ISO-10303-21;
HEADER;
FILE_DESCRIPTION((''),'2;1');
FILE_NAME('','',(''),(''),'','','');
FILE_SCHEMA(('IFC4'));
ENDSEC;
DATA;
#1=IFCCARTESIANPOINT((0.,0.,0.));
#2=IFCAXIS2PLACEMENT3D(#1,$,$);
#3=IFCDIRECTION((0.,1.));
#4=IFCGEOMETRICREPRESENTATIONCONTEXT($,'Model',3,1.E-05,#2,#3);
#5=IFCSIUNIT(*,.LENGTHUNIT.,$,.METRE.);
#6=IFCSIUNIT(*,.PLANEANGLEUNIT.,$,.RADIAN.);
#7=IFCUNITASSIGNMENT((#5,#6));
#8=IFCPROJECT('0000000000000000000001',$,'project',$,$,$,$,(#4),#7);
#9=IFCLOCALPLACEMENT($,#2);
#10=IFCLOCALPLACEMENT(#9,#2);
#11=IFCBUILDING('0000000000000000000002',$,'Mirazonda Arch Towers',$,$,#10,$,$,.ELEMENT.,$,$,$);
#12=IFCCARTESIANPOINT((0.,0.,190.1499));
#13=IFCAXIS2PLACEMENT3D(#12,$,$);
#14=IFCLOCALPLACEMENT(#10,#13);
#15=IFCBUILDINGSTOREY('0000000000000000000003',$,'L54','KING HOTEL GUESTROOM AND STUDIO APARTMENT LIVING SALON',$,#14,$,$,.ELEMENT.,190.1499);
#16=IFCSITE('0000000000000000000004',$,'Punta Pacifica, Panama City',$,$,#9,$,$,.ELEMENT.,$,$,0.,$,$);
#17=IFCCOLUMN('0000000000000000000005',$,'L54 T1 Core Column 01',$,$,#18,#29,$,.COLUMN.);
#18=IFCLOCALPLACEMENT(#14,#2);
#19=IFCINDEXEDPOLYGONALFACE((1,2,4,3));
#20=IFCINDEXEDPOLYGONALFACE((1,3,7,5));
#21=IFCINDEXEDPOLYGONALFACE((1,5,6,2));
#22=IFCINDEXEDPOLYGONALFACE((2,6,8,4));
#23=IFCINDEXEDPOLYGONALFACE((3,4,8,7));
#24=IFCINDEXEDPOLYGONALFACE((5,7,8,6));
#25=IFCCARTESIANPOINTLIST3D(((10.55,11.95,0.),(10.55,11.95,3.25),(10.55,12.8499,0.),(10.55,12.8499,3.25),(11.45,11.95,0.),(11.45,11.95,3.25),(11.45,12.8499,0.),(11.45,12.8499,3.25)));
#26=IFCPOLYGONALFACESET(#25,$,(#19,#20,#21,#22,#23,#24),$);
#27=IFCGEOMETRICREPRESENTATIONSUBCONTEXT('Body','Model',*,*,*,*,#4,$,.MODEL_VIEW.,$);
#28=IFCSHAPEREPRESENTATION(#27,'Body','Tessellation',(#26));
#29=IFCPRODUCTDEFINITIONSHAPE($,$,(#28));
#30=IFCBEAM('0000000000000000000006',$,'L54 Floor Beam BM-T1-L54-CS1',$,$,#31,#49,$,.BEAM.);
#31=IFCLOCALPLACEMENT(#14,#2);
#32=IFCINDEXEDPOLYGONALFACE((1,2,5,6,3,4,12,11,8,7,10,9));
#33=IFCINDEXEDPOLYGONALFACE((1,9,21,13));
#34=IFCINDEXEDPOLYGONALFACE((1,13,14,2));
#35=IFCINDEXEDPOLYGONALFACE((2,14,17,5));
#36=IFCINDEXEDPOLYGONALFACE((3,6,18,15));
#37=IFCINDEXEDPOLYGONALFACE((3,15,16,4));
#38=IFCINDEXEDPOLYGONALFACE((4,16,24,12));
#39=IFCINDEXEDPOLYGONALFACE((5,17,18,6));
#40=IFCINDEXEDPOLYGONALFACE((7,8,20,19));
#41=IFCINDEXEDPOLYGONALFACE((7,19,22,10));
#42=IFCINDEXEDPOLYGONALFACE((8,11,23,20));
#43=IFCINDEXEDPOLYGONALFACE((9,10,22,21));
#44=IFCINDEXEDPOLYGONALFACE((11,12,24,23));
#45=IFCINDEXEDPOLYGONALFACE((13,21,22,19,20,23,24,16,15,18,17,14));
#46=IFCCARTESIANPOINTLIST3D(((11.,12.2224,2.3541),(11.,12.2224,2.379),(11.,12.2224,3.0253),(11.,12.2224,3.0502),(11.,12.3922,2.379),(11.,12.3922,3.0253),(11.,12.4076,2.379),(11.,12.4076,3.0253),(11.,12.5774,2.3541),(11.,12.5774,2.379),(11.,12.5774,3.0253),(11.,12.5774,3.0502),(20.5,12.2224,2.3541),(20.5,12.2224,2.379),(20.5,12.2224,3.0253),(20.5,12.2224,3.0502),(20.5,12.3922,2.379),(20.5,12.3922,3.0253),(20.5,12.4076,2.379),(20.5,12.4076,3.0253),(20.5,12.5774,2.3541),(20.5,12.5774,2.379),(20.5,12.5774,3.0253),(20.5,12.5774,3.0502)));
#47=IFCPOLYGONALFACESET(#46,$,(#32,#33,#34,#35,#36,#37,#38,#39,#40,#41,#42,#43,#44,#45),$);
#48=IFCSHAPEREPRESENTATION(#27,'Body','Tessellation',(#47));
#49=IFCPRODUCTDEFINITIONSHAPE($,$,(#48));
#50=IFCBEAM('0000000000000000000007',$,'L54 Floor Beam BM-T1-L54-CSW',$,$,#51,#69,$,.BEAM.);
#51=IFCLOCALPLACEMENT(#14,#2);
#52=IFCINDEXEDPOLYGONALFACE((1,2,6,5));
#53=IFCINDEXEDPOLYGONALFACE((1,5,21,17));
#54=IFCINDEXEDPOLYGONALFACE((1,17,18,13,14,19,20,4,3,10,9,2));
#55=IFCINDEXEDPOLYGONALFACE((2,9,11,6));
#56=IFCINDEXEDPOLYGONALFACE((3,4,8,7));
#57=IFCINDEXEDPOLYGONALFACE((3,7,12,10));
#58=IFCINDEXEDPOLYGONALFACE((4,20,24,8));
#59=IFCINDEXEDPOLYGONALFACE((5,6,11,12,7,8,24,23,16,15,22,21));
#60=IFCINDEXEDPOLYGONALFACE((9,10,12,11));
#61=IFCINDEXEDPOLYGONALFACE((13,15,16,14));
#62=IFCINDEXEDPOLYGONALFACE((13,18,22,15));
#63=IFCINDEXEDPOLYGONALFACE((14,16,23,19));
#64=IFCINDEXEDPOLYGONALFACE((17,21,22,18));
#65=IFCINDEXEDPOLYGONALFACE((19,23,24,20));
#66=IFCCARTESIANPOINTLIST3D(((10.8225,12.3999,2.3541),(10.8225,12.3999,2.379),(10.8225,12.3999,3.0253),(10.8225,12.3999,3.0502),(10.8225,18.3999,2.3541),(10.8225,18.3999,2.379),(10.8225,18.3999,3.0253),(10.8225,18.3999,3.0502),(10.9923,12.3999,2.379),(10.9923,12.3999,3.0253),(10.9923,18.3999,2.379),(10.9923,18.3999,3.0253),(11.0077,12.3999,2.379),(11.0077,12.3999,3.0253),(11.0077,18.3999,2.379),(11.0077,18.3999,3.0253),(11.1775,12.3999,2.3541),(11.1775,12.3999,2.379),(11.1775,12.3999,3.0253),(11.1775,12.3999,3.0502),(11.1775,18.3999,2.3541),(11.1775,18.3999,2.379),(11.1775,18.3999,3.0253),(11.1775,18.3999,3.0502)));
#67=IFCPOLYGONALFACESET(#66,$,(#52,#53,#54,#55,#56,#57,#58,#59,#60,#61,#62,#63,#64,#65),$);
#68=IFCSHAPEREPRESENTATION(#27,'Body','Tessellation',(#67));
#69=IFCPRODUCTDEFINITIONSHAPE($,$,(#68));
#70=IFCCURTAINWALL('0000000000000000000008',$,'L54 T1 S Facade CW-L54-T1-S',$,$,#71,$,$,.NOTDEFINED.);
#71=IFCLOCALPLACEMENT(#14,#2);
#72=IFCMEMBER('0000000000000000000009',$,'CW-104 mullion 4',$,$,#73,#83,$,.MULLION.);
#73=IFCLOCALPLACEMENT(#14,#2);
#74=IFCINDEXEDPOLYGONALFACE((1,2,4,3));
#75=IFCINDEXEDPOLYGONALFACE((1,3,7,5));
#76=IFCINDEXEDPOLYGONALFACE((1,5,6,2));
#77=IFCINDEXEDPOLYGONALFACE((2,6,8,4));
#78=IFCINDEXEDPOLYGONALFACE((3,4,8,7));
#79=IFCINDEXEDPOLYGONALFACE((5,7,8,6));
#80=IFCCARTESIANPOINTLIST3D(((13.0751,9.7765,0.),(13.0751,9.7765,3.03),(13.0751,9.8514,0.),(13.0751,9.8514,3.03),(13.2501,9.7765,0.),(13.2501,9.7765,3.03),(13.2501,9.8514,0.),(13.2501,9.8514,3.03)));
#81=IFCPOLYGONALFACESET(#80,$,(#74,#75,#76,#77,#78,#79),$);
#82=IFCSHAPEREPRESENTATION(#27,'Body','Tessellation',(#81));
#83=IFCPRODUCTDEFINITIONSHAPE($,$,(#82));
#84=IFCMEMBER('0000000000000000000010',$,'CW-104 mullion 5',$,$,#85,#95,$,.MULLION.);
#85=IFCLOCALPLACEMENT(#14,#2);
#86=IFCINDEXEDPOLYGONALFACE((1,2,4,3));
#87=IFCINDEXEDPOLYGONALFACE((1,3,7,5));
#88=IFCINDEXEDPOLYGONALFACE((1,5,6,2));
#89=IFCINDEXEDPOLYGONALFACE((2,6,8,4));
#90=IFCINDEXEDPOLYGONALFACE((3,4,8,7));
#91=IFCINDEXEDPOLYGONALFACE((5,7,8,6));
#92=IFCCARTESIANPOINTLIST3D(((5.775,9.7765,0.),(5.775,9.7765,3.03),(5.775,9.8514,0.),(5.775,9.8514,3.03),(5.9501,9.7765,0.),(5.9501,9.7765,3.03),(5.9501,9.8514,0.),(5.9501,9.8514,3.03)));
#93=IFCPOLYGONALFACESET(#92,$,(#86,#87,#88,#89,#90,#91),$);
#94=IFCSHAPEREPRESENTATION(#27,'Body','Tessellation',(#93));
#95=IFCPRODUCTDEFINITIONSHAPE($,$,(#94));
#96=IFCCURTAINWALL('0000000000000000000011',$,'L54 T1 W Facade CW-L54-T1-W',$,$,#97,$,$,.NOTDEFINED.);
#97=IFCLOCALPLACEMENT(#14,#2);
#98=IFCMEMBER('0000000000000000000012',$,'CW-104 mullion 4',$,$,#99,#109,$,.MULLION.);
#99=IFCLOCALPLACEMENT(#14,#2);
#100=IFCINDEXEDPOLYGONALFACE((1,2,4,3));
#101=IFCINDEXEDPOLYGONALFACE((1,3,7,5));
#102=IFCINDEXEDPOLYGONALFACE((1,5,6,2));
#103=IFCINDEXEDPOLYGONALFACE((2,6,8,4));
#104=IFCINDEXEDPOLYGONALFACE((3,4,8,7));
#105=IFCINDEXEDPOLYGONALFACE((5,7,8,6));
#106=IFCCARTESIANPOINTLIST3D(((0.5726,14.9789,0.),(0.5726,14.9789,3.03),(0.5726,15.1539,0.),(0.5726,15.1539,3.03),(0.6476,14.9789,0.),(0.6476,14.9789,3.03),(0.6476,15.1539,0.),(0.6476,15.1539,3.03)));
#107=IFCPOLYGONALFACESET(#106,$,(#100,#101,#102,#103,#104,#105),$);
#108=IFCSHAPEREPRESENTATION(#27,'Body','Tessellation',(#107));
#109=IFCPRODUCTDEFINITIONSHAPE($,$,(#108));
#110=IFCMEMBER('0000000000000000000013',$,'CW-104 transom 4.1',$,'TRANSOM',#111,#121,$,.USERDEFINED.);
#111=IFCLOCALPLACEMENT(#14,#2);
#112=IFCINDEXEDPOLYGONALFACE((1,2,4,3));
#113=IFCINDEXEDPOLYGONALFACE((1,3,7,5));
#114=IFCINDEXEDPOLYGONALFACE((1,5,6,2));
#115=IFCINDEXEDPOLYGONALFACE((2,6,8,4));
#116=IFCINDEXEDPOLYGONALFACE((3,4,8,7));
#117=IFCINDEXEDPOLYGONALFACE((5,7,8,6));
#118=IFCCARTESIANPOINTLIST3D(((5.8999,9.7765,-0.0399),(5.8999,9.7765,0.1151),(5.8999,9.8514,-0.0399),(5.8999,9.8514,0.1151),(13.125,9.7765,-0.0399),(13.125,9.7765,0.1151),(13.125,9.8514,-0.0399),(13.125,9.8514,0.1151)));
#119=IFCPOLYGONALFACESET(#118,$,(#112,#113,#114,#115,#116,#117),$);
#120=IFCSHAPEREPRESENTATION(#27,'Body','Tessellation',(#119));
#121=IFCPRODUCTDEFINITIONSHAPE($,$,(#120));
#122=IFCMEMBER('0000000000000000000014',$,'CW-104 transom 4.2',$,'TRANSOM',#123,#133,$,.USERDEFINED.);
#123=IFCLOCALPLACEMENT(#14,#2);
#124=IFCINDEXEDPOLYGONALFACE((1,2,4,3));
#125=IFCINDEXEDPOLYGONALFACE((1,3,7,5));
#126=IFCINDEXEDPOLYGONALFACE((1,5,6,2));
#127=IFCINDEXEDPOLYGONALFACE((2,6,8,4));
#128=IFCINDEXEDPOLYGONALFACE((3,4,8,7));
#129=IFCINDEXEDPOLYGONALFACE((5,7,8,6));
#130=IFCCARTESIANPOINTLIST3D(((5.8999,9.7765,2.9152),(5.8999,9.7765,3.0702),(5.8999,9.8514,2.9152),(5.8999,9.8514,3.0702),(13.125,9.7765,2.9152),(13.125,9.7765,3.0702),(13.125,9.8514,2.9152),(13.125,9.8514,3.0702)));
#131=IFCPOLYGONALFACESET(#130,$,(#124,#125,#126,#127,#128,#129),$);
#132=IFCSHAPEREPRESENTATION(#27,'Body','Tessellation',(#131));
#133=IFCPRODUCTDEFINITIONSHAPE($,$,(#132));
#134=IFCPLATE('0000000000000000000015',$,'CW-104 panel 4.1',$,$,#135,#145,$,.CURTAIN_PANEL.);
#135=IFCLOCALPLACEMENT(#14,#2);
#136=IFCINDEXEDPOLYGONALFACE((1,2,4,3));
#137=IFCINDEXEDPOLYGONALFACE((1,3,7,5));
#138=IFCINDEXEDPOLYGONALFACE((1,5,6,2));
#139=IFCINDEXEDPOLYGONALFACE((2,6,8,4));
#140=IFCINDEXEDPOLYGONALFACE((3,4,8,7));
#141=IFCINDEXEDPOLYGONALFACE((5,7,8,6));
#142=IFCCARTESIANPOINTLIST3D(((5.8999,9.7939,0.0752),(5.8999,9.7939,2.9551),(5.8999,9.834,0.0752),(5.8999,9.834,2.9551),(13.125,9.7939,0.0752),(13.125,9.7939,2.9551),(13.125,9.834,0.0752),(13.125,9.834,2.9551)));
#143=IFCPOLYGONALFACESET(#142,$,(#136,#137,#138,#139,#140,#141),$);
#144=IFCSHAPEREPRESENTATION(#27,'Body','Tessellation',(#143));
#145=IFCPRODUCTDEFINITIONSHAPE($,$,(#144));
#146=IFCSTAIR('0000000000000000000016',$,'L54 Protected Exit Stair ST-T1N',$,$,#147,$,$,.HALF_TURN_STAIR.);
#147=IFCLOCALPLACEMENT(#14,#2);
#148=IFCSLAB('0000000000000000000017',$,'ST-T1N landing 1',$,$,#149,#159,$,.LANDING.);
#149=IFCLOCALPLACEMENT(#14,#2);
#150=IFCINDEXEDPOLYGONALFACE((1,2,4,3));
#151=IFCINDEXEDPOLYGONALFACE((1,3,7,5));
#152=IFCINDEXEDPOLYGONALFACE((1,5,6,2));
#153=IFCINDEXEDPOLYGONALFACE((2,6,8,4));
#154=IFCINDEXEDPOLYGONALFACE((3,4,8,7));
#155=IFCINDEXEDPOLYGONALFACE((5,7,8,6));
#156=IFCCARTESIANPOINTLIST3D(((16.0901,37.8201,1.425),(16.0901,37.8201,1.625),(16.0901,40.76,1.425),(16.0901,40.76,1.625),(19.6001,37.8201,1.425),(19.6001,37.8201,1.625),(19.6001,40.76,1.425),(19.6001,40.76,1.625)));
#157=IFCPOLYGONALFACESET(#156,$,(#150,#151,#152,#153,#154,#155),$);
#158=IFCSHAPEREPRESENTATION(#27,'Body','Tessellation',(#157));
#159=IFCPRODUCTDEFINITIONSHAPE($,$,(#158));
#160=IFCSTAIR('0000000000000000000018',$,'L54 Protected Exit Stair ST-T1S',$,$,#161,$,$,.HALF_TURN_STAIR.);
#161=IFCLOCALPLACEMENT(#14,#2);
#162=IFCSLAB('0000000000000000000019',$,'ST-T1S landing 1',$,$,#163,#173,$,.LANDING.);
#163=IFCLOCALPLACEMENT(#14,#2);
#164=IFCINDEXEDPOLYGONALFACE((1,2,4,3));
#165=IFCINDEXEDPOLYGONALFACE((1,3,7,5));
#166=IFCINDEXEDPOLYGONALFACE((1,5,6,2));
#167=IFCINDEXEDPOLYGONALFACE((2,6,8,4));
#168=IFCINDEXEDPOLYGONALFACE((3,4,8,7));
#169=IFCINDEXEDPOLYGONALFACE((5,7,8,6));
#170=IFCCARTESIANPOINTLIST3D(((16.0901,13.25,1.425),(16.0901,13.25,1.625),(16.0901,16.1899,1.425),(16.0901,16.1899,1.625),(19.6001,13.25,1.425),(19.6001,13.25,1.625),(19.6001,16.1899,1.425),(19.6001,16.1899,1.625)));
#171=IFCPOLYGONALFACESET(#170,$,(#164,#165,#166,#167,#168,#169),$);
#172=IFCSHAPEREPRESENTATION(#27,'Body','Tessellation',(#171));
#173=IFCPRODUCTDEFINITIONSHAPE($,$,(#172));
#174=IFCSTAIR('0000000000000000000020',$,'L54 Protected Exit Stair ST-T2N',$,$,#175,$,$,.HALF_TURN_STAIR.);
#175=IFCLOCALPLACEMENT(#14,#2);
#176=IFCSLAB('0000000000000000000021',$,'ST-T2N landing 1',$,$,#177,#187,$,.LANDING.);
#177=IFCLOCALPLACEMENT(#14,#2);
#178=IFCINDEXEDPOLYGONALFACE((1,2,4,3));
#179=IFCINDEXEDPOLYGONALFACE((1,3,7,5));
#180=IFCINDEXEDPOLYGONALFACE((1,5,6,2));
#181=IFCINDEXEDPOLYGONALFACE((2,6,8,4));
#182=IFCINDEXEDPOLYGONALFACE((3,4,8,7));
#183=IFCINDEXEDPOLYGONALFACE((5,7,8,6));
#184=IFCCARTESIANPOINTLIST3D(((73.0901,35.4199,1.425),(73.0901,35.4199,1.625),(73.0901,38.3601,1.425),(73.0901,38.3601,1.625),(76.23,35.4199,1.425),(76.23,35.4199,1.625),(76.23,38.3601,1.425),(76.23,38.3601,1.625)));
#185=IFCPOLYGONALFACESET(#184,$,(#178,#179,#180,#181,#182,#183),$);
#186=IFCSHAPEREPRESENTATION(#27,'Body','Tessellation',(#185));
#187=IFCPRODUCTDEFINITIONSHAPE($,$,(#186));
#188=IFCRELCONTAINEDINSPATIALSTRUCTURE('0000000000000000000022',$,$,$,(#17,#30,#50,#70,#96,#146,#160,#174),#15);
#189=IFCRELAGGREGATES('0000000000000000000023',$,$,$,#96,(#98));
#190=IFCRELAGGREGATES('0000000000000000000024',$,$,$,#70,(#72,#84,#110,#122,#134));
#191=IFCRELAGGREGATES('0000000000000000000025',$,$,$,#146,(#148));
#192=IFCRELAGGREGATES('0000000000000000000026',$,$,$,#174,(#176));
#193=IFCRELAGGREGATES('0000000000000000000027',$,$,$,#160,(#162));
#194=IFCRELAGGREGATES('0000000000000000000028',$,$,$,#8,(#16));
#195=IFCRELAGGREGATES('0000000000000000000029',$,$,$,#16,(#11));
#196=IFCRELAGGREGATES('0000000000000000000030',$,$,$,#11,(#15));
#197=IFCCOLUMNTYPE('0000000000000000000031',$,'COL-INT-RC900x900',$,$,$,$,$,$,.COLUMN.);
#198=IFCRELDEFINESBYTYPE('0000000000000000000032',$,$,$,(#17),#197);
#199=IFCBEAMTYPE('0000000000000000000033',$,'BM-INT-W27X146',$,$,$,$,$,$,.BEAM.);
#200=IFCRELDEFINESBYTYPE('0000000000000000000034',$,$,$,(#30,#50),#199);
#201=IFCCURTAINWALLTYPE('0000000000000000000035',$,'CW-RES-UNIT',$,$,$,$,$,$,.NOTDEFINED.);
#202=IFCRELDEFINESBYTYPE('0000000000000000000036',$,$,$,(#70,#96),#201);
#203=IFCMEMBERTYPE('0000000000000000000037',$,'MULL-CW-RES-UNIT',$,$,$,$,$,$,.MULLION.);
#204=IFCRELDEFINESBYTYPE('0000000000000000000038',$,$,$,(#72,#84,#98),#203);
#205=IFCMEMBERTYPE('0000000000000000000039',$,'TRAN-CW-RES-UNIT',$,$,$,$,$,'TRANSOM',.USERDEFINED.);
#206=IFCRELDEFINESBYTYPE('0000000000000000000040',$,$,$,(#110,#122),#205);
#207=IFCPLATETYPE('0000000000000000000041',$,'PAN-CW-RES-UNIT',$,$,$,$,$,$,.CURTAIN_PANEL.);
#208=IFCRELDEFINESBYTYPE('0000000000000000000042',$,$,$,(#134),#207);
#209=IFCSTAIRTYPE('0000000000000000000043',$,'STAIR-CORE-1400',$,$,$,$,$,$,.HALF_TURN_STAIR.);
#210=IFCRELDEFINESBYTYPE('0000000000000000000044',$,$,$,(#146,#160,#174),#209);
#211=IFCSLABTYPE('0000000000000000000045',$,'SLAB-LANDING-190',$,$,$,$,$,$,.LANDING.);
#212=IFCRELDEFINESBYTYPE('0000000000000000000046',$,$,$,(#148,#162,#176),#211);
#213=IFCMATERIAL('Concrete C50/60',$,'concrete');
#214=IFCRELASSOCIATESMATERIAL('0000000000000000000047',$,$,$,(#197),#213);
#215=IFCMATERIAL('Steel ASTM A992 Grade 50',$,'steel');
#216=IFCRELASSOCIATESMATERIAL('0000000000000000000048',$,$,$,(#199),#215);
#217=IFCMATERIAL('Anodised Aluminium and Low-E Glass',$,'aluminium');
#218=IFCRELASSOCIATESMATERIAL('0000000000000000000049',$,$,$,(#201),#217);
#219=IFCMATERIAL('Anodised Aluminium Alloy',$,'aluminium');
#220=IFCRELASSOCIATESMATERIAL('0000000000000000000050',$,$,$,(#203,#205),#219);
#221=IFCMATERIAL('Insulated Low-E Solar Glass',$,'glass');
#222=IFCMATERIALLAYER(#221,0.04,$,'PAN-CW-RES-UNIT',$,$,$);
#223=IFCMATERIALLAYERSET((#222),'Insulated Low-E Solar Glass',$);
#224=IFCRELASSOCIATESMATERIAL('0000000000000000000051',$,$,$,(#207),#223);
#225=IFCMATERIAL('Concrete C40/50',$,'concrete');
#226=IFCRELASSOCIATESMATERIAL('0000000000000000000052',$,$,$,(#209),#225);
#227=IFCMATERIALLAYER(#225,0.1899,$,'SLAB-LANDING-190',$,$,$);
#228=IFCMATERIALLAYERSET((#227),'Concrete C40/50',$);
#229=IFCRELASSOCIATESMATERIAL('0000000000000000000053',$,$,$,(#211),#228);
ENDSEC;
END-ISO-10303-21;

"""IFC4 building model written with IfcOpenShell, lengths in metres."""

from ifc_helpers import new_model, si_unit, direction, frame, origin, origin_2d, place, context, subcontext, project, spatial, polyline, rectangle, i_section, outline, extrude, material, layer, layer_set, material_profile, profile_set, type_object, element, aggregate, save


model = new_model("IFC4")

# Units and contexts
model_context = context("Model", 3, precision=1e-05, world=origin(), true_north=direction((0.0, 1.0)))
body_context = subcontext(model_context, "Body", "Model", "MODEL_VIEW")
ifc_project = project(units=[si_unit("LENGTHUNIT", "METRE"), si_unit("PLANEANGLEUNIT", "RADIAN")], contexts=[model_context])

# Site, building, storey
site_placement = place(None, origin())
site = spatial("IfcSite", under=ifc_project, at=site_placement, Name="Punta Pacifica, Panama City", CompositionType="ELEMENT", RefElevation=0.0)
building_placement = place(site_placement, origin())
building = spatial("IfcBuilding", under=site, at=building_placement, Name="Mirazonda Arch Towers", CompositionType="ELEMENT")
storey_placement = place(building_placement, frame((0.0, 0.0, 190.1499)))
storey = spatial("IfcBuildingStorey", under=building, at=storey_placement, Name="L54", Description="KING HOTEL GUESTROOM AND STUDIO APARTMENT LIVING SALON", CompositionType="ELEMENT", Elevation=190.1499)

# Column
ifc_material_1 = material(Name="Concrete C50/60", Category="concrete")
ifc_material_profile_1 = material_profile(ifc_material_1, rectangle(XDim=0.8999, YDim=0.8999, at=origin_2d()), Name="RC900x900")
ifc_profile_set_1 = profile_set([ifc_material_profile_1], Name="Concrete C50/60")
column_type = type_object("IfcColumnType", Name="COL-INT-RC900x900", PredefinedType="COLUMN", material=ifc_profile_set_1)
column_placement = place(storey_placement, frame((11.0, 12.3999, 0.0), z_axis=(0.0, 0.0, 1.0), x_axis=(1.0, 0.0, 0.0)))
element("IfcColumn", 1, at=column_placement, inside=storey, type_object=column_type, Name="L54 T1 Core Column 01", PredefinedType="COLUMN", context=body_context, shape_type="SweptSolid", body=[
    extrude(rectangle(XDim=0.8999, YDim=0.8999, at=origin_2d()), origin(), (0.0, 0.0, 1.0), 3.25),
])

# Beams
ifc_material_2 = material(Name="Steel ASTM A992 Grade 50", Category="steel")
ifc_material_profile_2 = material_profile(ifc_material_2, i_section(OverallWidth=0.355, OverallDepth=0.696, WebThickness=0.0154, FlangeThickness=0.0249, at=origin_2d()), Name="W27X146")
ifc_profile_set_2 = profile_set([ifc_material_profile_2], Name="Steel ASTM A992 Grade 50")
beam_type = type_object("IfcBeamType", Name="BM-INT-W27X146", PredefinedType="BEAM", material=ifc_profile_set_2)
beam_1_placement = place(storey_placement, frame((11.0, 12.3999, 2.7021), z_axis=(1.0, 0.0, 0.0), x_axis=(0.0, 1.0, 0.0)))
element("IfcBeam", 2, at=beam_1_placement, inside=storey, type_object=beam_type, Name="L54 Floor Beam BM-T1-L54-CS1", PredefinedType="BEAM", context=body_context, shape_type="SweptSolid", body=[
    extrude(i_section(OverallWidth=0.355, OverallDepth=0.696, WebThickness=0.0154, FlangeThickness=0.0249, at=origin_2d()), origin(), (0.0, 0.0, 1.0), 9.5),
])
beam_2_placement = place(storey_placement, frame((11.0, 12.3999, 2.7021), z_axis=(0.0, 1.0, 0.0), x_axis=(-1.0, 0.0, 0.0)))
element("IfcBeam", 3, at=beam_2_placement, inside=storey, type_object=beam_type, Name="L54 Floor Beam BM-T1-L54-CSW", PredefinedType="BEAM", context=body_context, shape_type="SweptSolid", body=[
    extrude(i_section(OverallWidth=0.355, OverallDepth=0.696, WebThickness=0.0154, FlangeThickness=0.0249, at=origin_2d()), origin(), (0.0, 0.0, 1.0), 6.0),
])

# Curtain wall, members
ifc_material_3 = material(Name="Anodised Aluminium and Low-E Glass", Category="aluminium")
curtain_wall_type = type_object("IfcCurtainWallType", Name="CW-RES-UNIT", PredefinedType="NOTDEFINED", material=ifc_material_3)
curtain_wall_1_placement = place(storey_placement, origin())
curtain_wall_1 = element("IfcCurtainWall", 4, at=curtain_wall_1_placement, inside=storey, type_object=curtain_wall_type, Name="L54 T1 S Facade CW-L54-T1-S", PredefinedType="NOTDEFINED")
ifc_material_4 = material(Name="Anodised Aluminium Alloy", Category="aluminium")
ifc_material_profile_3 = material_profile(ifc_material_4, rectangle(XDim=0.075, YDim=0.175, at=origin_2d()), Name="ALU-MULL-75x175")
ifc_profile_set_3 = profile_set([ifc_material_profile_3], Name="Anodised Aluminium Alloy")
member_type_1 = type_object("IfcMemberType", Name="MULL-CW-RES-UNIT", PredefinedType="MULLION", material=ifc_profile_set_3)
member_1_placement = place(storey_placement, frame((13.1626, 9.814, 0.0), z_axis=(0.0, 0.0, 1.0), x_axis=(0.0, -1.0, 0.0)))
member_1 = element("IfcMember", 5, at=member_1_placement, type_object=member_type_1, Name="CW-104 mullion 4", PredefinedType="MULLION", context=body_context, shape_type="SweptSolid", body=[
    extrude(rectangle(XDim=0.075, YDim=0.175, at=origin_2d()), origin(), (0.0, 0.0, 1.0), 3.03),
])
member_2_placement = place(storey_placement, frame((5.8625, 9.814, 0.0), z_axis=(0.0, 0.0, 1.0), x_axis=(0.0, -1.0, 0.0)))
member_2 = element("IfcMember", 6, at=member_2_placement, type_object=member_type_1, Name="CW-104 mullion 5", PredefinedType="MULLION", context=body_context, shape_type="SweptSolid", body=[
    extrude(rectangle(XDim=0.075, YDim=0.175, at=origin_2d()), origin(), (0.0, 0.0, 1.0), 3.03),
])

# Curtain wall, member
curtain_wall_2_placement = place(storey_placement, origin())
curtain_wall_2 = element("IfcCurtainWall", 7, at=curtain_wall_2_placement, inside=storey, type_object=curtain_wall_type, Name="L54 T1 W Facade CW-L54-T1-W", PredefinedType="NOTDEFINED")
member_3_placement = place(storey_placement, frame((0.6101, 15.0664, 0.0), z_axis=(0.0, 0.0, 1.0), x_axis=(1.0, 0.0, 0.0)))
member_3 = element("IfcMember", 8, at=member_3_placement, type_object=member_type_1, Name="CW-104 mullion 4", PredefinedType="MULLION", context=body_context, shape_type="SweptSolid", body=[
    extrude(rectangle(XDim=0.075, YDim=0.175, at=origin_2d()), origin(), (0.0, 0.0, 1.0), 3.03),
])
aggregate(curtain_wall_2, [member_3])

# Members
ifc_material_profile_4 = material_profile(ifc_material_4, rectangle(XDim=0.075, YDim=0.155, at=origin_2d()), Name="ALU-TRAN-75x155")
ifc_profile_set_4 = profile_set([ifc_material_profile_4], Name="Anodised Aluminium Alloy")
member_type_2 = type_object("IfcMemberType", Name="TRAN-CW-RES-UNIT", ElementType="TRANSOM", PredefinedType="USERDEFINED", material=ifc_profile_set_4)
member_4_placement = place(storey_placement, frame((13.125, 9.814, 0.0376), z_axis=(-1.0, 0.0, 0.0), x_axis=(0.0, -1.0, 0.0)))
member_4 = element("IfcMember", 9, at=member_4_placement, type_object=member_type_2, Name="CW-104 transom 4.1", ObjectType="TRANSOM", PredefinedType="USERDEFINED", context=body_context, shape_type="SweptSolid", body=[
    extrude(rectangle(XDim=0.075, YDim=0.155, at=origin_2d()), origin(), (0.0, 0.0, 1.0), 7.2251),
])
member_5_placement = place(storey_placement, frame((13.125, 9.814, 2.9927), z_axis=(-1.0, 0.0, 0.0), x_axis=(0.0, -1.0, 0.0)))
member_5 = element("IfcMember", 10, at=member_5_placement, type_object=member_type_2, Name="CW-104 transom 4.2", ObjectType="TRANSOM", PredefinedType="USERDEFINED", context=body_context, shape_type="SweptSolid", body=[
    extrude(rectangle(XDim=0.075, YDim=0.155, at=origin_2d()), origin(), (0.0, 0.0, 1.0), 7.2251),
])

# Plate
ifc_material_5 = material(Name="Insulated Low-E Solar Glass", Category="glass")
ifc_layer_1 = layer(ifc_material_5, 0.04, Name="PAN-CW-RES-UNIT")
ifc_layer_set_1 = layer_set([ifc_layer_1], Name="Insulated Low-E Solar Glass")
plate_type = type_object("IfcPlateType", Name="PAN-CW-RES-UNIT", PredefinedType="CURTAIN_PANEL", material=ifc_layer_set_1)
plate_placement = place(storey_placement, frame((9.5125, 9.814, 0.0752), z_axis=(0.0, 0.0, 1.0), x_axis=(-1.0, 0.0, 0.0)))
plate = element("IfcPlate", 11, at=plate_placement, type_object=plate_type, Name="CW-104 panel 4.1", PredefinedType="CURTAIN_PANEL", context=body_context, shape_type="SweptSolid", body=[
    extrude(rectangle(XDim=7.2251, YDim=0.04, at=origin_2d()), origin(), (0.0, 0.0, 1.0), 2.8799),
])
aggregate(curtain_wall_1, [member_1, member_2, member_4, member_5, plate])

# Stairs, slabs
ifc_material_6 = material(Name="Concrete C40/50", Category="concrete")
stair_type = type_object("IfcStairType", Name="STAIR-CORE-1400", PredefinedType="HALF_TURN_STAIR", material=ifc_material_6)
stair_1_placement = place(storey_placement, origin())
stair_1 = element("IfcStair", 12, at=stair_1_placement, inside=storey, type_object=stair_type, Name="L54 Protected Exit Stair ST-T1N", PredefinedType="HALF_TURN_STAIR")
ifc_layer_2 = layer(ifc_material_6, 0.1899, Name="SLAB-LANDING-190")
ifc_layer_set_2 = layer_set([ifc_layer_2], Name="Concrete C40/50")
slab_type_1 = type_object("IfcSlabType", Name="SLAB-LANDING-190", PredefinedType="LANDING", material=ifc_layer_set_2)
slab_1_placement = place(storey_placement, frame((0.0, 0.0, 1.425)))
slab_1 = element("IfcSlab", 13, at=slab_1_placement, type_object=slab_type_1, Name="ST-T1N landing 1", PredefinedType="LANDING", context=body_context, shape_type="SweptSolid", body=[
    extrude(outline(polyline([(16.0901, 37.8201), (19.6001, 37.8201), (19.6001, 40.76), (16.0901, 40.76), (16.0901, 37.8201)])), origin(), (0.0, 0.0, 1.0), 0.2),
])
aggregate(stair_1, [slab_1])
stair_2_placement = place(storey_placement, origin())
stair_2 = element("IfcStair", 14, at=stair_2_placement, inside=storey, type_object=stair_type, Name="L54 Protected Exit Stair ST-T1S", PredefinedType="HALF_TURN_STAIR")
slab_2_placement = place(storey_placement, frame((0.0, 0.0, 1.425)))
slab_2 = element("IfcSlab", 15, at=slab_2_placement, type_object=slab_type_1, Name="ST-T1S landing 1", PredefinedType="LANDING", context=body_context, shape_type="SweptSolid", body=[
    extrude(outline(polyline([(16.0901, 13.25), (19.6001, 13.25), (19.6001, 16.1899), (16.0901, 16.1899), (16.0901, 13.25)])), origin(), (0.0, 0.0, 1.0), 0.2),
])
stair_3_placement = place(storey_placement, origin())
stair_3 = element("IfcStair", 16, at=stair_3_placement, inside=storey, type_object=stair_type, Name="L54 Protected Exit Stair ST-T2N", PredefinedType="HALF_TURN_STAIR")
slab_3_placement = place(storey_placement, frame((0.0, 0.0, 1.425)))
slab_3 = element("IfcSlab", 17, at=slab_3_placement, type_object=slab_type_1, Name="ST-T2N landing 1", PredefinedType="LANDING", context=body_context, shape_type="SweptSolid", body=[
    extrude(outline(polyline([(73.0901, 35.4199), (76.23, 35.4199), (76.23, 38.3601), (73.0901, 38.3601), (73.0901, 35.4199)])), origin(), (0.0, 0.0, 1.0), 0.2),
])
aggregate(stair_3, [slab_3])

aggregate(stair_2, [slab_2])

save(model, "model.ifc")
